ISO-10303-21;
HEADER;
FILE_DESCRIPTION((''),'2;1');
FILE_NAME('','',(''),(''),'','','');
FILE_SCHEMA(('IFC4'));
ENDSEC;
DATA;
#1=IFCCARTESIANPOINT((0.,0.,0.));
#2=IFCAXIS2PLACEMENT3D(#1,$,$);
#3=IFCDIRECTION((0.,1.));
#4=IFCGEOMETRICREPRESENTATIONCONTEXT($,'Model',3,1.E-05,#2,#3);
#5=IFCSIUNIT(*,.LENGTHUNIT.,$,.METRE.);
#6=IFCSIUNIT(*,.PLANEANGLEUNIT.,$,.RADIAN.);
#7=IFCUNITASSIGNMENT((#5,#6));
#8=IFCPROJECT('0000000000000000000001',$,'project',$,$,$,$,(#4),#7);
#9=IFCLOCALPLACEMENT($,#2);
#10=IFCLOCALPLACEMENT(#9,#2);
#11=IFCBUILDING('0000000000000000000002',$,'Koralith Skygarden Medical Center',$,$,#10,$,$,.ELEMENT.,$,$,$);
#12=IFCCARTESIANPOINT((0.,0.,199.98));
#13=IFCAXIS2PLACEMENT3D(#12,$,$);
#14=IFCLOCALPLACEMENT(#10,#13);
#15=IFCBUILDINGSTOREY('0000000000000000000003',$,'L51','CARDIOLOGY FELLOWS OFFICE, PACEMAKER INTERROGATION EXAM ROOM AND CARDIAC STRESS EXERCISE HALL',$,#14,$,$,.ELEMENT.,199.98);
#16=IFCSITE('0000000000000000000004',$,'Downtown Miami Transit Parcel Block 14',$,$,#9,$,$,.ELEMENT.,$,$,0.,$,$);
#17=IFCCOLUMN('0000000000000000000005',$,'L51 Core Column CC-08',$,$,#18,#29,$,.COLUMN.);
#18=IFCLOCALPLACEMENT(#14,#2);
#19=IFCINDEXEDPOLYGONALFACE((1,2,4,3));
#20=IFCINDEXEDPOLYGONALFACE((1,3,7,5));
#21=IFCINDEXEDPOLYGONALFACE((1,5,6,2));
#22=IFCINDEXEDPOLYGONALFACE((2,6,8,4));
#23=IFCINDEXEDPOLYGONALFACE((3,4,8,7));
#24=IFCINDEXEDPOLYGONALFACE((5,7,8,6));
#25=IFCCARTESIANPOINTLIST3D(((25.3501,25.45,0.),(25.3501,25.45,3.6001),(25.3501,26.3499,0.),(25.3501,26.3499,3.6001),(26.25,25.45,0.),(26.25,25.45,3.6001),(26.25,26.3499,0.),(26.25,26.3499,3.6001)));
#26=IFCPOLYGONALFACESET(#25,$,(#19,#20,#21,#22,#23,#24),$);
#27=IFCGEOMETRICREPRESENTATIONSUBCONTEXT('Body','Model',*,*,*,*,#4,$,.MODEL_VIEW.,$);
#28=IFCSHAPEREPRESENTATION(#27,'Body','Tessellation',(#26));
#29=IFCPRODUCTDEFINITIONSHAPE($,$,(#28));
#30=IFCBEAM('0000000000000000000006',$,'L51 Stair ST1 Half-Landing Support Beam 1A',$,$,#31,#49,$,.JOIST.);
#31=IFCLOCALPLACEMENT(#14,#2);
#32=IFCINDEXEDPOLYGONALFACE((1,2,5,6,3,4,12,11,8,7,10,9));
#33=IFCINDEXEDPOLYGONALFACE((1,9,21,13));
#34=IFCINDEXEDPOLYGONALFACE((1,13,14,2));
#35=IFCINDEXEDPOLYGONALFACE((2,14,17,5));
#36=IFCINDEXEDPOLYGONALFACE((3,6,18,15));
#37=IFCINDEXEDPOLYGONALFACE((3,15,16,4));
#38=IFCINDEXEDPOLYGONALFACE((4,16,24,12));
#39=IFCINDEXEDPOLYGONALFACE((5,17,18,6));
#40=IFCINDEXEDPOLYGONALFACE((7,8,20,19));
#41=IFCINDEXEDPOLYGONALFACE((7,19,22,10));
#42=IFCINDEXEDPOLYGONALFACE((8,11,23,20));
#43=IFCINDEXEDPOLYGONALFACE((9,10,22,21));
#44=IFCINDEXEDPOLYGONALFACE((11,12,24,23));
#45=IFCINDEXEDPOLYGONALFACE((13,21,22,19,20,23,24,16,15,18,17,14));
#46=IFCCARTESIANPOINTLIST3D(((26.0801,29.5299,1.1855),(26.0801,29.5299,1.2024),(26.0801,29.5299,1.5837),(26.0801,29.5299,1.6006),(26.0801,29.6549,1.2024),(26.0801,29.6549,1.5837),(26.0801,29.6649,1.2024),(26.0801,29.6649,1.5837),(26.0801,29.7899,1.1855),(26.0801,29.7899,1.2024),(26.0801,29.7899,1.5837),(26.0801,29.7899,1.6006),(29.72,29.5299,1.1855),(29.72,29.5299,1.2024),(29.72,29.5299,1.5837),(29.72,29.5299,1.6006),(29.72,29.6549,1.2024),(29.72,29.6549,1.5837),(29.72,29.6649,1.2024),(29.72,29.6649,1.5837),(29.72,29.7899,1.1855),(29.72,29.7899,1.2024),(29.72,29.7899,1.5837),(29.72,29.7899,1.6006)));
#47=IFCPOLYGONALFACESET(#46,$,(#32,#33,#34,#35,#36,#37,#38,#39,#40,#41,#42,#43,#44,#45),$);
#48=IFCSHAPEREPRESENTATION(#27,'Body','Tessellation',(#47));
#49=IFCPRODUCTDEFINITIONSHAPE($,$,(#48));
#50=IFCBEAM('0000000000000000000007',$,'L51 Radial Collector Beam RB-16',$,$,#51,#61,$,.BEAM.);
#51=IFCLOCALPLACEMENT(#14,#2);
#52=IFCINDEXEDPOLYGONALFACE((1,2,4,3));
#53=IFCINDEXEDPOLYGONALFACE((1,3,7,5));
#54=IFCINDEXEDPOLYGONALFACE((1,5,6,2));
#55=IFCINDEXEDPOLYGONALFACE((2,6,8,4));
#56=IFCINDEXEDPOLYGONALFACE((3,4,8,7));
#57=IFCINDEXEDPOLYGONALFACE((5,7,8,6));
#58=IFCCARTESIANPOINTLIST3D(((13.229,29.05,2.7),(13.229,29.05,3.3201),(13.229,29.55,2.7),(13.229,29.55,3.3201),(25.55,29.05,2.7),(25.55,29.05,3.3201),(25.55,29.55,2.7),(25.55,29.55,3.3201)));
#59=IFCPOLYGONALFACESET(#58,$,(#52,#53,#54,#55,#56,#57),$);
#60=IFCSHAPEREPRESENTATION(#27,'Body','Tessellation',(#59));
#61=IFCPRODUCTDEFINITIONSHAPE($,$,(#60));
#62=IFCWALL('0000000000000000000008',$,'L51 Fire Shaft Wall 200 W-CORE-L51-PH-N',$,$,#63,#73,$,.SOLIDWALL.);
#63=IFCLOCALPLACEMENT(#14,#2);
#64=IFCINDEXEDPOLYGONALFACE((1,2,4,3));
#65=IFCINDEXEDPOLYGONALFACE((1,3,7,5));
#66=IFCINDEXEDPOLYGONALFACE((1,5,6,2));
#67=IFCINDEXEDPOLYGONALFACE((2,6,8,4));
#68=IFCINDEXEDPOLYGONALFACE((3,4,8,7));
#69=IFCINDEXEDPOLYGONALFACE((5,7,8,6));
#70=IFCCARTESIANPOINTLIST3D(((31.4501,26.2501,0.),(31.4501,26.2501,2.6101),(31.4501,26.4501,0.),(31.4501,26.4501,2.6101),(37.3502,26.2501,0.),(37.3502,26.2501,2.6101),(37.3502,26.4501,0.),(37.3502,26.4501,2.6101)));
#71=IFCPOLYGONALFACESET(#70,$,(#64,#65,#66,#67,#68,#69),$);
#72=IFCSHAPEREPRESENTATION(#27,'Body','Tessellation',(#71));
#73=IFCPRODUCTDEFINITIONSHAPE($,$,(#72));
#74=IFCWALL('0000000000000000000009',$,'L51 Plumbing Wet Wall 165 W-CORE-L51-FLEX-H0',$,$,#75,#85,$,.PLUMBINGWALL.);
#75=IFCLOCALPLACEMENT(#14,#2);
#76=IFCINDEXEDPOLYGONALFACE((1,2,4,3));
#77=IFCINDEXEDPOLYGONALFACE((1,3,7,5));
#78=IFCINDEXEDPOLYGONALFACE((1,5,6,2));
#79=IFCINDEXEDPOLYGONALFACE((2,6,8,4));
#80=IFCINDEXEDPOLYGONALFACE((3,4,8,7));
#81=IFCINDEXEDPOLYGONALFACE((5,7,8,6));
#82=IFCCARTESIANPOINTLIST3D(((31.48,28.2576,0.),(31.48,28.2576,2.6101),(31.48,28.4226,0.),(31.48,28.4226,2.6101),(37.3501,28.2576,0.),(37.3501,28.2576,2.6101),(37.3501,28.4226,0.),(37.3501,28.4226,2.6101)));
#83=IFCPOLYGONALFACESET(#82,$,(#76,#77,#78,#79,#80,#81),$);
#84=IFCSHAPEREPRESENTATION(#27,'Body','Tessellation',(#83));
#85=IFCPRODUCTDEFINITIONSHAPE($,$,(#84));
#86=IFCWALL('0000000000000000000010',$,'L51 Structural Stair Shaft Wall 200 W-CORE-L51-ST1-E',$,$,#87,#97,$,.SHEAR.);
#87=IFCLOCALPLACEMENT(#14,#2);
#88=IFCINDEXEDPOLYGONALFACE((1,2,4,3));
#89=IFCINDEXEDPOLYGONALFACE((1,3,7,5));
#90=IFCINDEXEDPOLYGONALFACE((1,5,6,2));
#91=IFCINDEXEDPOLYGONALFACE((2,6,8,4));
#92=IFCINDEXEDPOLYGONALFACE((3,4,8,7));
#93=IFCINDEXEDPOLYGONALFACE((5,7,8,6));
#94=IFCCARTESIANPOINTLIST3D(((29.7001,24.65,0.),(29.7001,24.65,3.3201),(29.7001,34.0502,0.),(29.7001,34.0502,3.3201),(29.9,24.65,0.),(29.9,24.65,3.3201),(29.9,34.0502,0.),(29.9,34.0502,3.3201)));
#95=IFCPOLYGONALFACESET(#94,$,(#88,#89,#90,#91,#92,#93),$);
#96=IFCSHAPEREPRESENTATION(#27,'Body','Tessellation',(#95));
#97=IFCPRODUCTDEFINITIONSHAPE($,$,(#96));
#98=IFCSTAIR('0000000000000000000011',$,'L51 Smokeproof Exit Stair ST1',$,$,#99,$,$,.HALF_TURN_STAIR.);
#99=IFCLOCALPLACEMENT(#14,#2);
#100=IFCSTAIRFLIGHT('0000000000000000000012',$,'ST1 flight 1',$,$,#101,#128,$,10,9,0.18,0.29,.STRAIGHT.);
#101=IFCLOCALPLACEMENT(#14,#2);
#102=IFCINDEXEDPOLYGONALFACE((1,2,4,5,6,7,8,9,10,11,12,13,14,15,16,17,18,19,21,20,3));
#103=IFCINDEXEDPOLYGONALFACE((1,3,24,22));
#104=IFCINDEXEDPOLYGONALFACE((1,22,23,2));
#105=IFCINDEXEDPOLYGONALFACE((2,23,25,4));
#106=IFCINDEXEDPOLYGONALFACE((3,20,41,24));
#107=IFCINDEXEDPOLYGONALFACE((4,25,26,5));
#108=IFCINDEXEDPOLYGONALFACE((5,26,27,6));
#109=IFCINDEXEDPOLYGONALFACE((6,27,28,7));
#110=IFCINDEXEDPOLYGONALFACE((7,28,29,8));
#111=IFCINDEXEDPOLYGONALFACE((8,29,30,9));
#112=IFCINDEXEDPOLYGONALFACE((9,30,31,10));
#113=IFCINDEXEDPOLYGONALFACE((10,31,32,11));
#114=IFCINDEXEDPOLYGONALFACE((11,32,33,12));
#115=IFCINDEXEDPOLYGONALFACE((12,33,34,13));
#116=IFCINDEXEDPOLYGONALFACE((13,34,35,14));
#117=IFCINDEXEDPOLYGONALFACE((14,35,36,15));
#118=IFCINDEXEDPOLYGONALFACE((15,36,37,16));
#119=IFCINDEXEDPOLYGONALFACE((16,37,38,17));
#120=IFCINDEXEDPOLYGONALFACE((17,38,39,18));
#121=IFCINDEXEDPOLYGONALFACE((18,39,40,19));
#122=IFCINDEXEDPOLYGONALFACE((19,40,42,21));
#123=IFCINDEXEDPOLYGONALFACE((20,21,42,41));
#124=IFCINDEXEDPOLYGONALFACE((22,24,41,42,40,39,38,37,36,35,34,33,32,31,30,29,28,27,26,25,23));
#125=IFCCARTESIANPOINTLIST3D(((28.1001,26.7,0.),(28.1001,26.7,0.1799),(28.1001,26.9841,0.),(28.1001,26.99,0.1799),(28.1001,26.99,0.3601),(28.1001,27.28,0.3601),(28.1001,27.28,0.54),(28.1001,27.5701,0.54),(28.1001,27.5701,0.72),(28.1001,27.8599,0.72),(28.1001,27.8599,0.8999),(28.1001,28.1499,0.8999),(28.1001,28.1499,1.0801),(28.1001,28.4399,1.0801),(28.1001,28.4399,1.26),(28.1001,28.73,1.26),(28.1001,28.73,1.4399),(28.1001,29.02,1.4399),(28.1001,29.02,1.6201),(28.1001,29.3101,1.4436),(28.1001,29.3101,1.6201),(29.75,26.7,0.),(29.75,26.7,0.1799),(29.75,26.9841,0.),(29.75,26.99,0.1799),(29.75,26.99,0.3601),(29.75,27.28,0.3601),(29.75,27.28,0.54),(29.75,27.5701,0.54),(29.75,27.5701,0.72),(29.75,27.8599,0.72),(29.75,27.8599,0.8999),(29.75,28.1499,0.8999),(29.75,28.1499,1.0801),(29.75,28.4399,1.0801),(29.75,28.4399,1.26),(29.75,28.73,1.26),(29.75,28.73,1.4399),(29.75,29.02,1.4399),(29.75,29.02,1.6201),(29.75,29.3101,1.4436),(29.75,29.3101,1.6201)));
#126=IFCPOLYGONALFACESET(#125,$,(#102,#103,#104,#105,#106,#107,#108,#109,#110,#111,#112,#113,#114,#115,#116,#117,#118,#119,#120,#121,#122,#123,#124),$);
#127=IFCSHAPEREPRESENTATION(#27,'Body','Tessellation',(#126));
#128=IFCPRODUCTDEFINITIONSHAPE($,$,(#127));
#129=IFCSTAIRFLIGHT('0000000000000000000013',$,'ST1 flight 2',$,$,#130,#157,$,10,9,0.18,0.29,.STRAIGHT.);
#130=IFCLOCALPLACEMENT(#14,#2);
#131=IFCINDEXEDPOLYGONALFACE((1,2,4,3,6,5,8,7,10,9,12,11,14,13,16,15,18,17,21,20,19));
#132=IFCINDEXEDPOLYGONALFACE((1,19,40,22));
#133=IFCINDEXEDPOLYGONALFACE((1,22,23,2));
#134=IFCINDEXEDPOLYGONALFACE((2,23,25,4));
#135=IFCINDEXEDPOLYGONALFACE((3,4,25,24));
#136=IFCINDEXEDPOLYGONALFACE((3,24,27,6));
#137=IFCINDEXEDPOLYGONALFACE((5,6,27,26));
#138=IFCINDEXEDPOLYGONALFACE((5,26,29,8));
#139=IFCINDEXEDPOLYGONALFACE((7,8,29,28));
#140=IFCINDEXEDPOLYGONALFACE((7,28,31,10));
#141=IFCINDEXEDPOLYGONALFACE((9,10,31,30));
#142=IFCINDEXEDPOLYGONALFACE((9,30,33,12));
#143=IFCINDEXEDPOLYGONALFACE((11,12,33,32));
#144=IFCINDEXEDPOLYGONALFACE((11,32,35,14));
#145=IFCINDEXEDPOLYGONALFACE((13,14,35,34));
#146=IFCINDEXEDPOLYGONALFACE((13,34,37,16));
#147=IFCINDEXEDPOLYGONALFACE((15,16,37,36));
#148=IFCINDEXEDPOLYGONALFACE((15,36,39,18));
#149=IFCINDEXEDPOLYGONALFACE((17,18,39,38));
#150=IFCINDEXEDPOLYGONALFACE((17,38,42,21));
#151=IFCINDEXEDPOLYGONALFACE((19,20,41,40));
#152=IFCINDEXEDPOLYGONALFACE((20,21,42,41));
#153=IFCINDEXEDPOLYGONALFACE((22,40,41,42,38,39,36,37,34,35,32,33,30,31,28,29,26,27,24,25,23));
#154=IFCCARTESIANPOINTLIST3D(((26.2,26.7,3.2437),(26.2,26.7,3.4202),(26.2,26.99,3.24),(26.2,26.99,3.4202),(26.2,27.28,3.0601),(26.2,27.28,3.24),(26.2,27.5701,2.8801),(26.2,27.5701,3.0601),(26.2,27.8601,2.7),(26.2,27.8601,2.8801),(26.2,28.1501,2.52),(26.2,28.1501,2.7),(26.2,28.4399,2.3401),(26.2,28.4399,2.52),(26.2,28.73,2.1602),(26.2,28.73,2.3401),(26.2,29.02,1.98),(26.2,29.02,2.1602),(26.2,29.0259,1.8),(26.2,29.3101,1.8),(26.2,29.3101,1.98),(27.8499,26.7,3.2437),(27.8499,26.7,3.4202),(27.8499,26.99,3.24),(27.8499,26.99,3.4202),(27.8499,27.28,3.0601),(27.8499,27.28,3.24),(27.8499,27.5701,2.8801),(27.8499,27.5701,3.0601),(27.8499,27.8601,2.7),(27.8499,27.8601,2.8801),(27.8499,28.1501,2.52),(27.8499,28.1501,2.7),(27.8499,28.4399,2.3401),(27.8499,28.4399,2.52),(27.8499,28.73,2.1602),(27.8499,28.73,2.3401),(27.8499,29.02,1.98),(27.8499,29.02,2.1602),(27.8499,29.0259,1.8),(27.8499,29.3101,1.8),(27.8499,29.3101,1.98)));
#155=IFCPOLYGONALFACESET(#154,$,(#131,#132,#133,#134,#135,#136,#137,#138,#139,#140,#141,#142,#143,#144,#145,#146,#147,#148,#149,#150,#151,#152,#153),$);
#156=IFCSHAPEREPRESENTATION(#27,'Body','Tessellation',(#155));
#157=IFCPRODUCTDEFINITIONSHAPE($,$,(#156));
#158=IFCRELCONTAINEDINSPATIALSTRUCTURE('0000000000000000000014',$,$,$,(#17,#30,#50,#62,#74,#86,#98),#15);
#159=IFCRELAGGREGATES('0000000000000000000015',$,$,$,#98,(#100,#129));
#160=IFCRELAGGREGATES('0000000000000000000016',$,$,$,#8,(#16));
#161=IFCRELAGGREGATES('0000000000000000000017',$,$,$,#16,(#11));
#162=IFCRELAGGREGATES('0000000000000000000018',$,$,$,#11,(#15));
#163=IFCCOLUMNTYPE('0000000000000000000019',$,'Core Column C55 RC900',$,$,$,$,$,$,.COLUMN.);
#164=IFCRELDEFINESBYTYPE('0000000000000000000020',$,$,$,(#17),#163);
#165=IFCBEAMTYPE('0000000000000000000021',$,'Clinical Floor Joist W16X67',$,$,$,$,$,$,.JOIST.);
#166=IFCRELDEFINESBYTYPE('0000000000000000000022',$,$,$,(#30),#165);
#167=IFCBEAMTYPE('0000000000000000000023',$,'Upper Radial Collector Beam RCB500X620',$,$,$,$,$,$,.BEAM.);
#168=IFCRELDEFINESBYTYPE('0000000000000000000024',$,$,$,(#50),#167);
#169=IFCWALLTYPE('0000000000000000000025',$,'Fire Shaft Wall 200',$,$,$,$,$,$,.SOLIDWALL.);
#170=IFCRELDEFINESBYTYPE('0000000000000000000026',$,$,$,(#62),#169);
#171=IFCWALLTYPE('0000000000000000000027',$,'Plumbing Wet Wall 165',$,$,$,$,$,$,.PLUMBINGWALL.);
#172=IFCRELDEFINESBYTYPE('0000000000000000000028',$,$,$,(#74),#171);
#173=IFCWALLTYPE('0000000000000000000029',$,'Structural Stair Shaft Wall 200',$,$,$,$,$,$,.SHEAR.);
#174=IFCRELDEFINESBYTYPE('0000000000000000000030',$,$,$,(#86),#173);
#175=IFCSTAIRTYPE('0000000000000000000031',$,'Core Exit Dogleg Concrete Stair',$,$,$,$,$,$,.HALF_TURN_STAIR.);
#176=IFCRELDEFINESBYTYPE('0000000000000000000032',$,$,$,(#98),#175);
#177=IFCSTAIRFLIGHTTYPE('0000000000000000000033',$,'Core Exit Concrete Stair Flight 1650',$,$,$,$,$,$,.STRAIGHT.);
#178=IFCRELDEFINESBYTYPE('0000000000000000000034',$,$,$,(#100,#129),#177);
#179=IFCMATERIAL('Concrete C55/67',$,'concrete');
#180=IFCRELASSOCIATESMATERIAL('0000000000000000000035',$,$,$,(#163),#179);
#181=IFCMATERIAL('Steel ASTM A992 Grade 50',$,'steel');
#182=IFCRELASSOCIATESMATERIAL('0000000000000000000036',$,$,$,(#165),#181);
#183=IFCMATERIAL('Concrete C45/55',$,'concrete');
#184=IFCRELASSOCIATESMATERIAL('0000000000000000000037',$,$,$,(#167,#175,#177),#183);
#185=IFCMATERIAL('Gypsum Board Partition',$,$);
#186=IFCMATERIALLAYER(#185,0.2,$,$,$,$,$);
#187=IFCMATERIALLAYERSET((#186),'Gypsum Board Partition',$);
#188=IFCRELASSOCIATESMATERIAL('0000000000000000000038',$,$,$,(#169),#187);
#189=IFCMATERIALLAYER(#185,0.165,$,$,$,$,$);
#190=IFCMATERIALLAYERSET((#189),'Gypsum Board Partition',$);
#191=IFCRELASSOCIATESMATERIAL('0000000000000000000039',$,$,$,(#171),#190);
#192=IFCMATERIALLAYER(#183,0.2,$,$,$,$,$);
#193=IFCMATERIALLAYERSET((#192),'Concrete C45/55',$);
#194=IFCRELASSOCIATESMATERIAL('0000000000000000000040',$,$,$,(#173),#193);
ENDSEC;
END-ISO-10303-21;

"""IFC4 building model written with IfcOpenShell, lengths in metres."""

from ifc_helpers import new_model, si_unit, direction, frame, frame_2d, origin, origin_2d, place, context, subcontext, project, spatial, polyline, rectangle, i_section, outline, extrude, material, layer, layer_set, material_profile, profile_set, type_object, element, aggregate, save


model = new_model("IFC4")

# Units and contexts
model_context = context("Model", 3, precision=1e-05, world=origin(), true_north=direction((0.0, 1.0)))
body_context = subcontext(model_context, "Body", "Model", "MODEL_VIEW")
ifc_project = project(units=[si_unit("LENGTHUNIT", "METRE"), si_unit("PLANEANGLEUNIT", "RADIAN")], contexts=[model_context])

# Site, building, storey
site_placement = place(None, origin())
site = spatial("IfcSite", under=ifc_project, at=site_placement, Name="Downtown Miami Transit Parcel Block 14", CompositionType="ELEMENT", RefElevation=0.0)
building_placement = place(site_placement, origin())
building = spatial("IfcBuilding", under=site, at=building_placement, Name="Koralith Skygarden Medical Center", CompositionType="ELEMENT")
storey_placement = place(building_placement, frame((0.0, 0.0, 199.98)))
storey = spatial("IfcBuildingStorey", under=building, at=storey_placement, Name="L51", Description="CARDIOLOGY FELLOWS OFFICE, PACEMAKER INTERROGATION EXAM ROOM AND CARDIAC STRESS EXERCISE HALL", CompositionType="ELEMENT", Elevation=199.98)

# Column
ifc_material_1 = material(Name="Concrete C55/67", Category="concrete")
ifc_material_profile_1 = material_profile(ifc_material_1, rectangle(XDim=0.8999, YDim=0.8999, at=origin_2d()), Name="RC900X900")
ifc_profile_set_1 = profile_set([ifc_material_profile_1], Name="Concrete C55/67")
column_type = type_object("IfcColumnType", Name="Core Column C55 RC900", PredefinedType="COLUMN", material=ifc_profile_set_1)
column_placement = place(storey_placement, frame((25.8, 25.8999, 0.0), z_axis=(0.0, 0.0, 1.0), x_axis=(1.0, 0.0, 0.0)))
element("IfcColumn", 1, at=column_placement, inside=storey, type_object=column_type, Name="L51 Core Column CC-08", PredefinedType="COLUMN", context=body_context, shape_type="SweptSolid", body=[
    extrude(rectangle(XDim=0.8999, YDim=0.8999, at=origin_2d()), origin(), (0.0, 0.0, 1.0), 3.6001),
])

# Beams
ifc_material_2 = material(Name="Steel ASTM A992 Grade 50", Category="steel")
ifc_material_profile_2 = material_profile(ifc_material_2, i_section(OverallWidth=0.26, OverallDepth=0.415, WebThickness=0.01, FlangeThickness=0.0168, at=origin_2d()), Name="W16X67")
ifc_profile_set_2 = profile_set([ifc_material_profile_2], Name="Steel ASTM A992 Grade 50")
beam_type_1 = type_object("IfcBeamType", Name="Clinical Floor Joist W16X67", PredefinedType="JOIST", material=ifc_profile_set_2)
beam_1_placement = place(storey_placement, frame((26.0801, 29.6599, 1.3931), z_axis=(1.0, 0.0, 0.0), x_axis=(0.0, 1.0, 0.0)))
element("IfcBeam", 2, at=beam_1_placement, inside=storey, type_object=beam_type_1, Name="L51 Stair ST1 Half-Landing Support Beam 1A", PredefinedType="JOIST", context=body_context, shape_type="SweptSolid", body=[
    extrude(i_section(OverallWidth=0.26, OverallDepth=0.415, WebThickness=0.01, FlangeThickness=0.0168, at=origin_2d()), origin(), (0.0, 0.0, 1.0), 3.6399),
])
ifc_material_3 = material(Name="Concrete C45/55", Category="concrete")
ifc_material_profile_3 = material_profile(ifc_material_3, rectangle(XDim=0.5, YDim=0.6201, at=origin_2d()), Name="RCB500X620")
ifc_profile_set_3 = profile_set([ifc_material_profile_3], Name="Concrete C45/55")
beam_type_2 = type_object("IfcBeamType", Name="Upper Radial Collector Beam RCB500X620", PredefinedType="BEAM", material=ifc_profile_set_3)
beam_2_placement = place(storey_placement, frame((25.55, 29.3, 3.01), z_axis=(-1.0, 0.0, 0.0), x_axis=(0.0, -1.0, 0.0)))
element("IfcBeam", 3, at=beam_2_placement, inside=storey, type_object=beam_type_2, Name="L51 Radial Collector Beam RB-16", PredefinedType="BEAM", context=body_context, shape_type="SweptSolid", body=[
    extrude(rectangle(XDim=0.5, YDim=0.6201, at=origin_2d()), origin(), (0.0, 0.0, 1.0), 12.321),
])

# Wall
ifc_material_4 = material(Name="Gypsum Board Partition")
ifc_layer_1 = layer(ifc_material_4, 0.2)
ifc_layer_set_1 = layer_set([ifc_layer_1], Name="Gypsum Board Partition")
wall_type_1 = type_object("IfcWallType", Name="Fire Shaft Wall 200", PredefinedType="SOLIDWALL", material=ifc_layer_set_1)
wall_1_placement = place(storey_placement, frame((31.45, 26.3501, 0.0), z_axis=(0.0, 0.0, 1.0), x_axis=(1.0, 0.0, 0.0)))
element("IfcWall", 4, at=wall_1_placement, inside=storey, type_object=wall_type_1, Name="L51 Fire Shaft Wall 200 W-CORE-L51-PH-N", PredefinedType="SOLIDWALL", context=body_context, shape_type="SweptSolid", body=[
    extrude(rectangle(XDim=5.9001, YDim=0.2, at=frame_2d((2.9502, 0.0))), origin(), (0.0, 0.0, 1.0), 2.6101),
])

# Shared definitions
ifc_layer_2 = layer(ifc_material_4, 0.165)
ifc_layer_set_2 = layer_set([ifc_layer_2], Name="Gypsum Board Partition")
wall_type_2 = type_object("IfcWallType", Name="Plumbing Wet Wall 165", PredefinedType="PLUMBINGWALL", material=ifc_layer_set_2)

# Walls
wall_2_placement = place(storey_placement, frame((31.48, 28.3401, 0.0), z_axis=(0.0, 0.0, 1.0), x_axis=(1.0, 0.0, 0.0)))
element("IfcWall", 5, at=wall_2_placement, inside=storey, type_object=wall_type_2, Name="L51 Plumbing Wet Wall 165 W-CORE-L51-FLEX-H0", PredefinedType="PLUMBINGWALL", context=body_context, shape_type="SweptSolid", body=[
    extrude(rectangle(XDim=5.8701, YDim=0.165, at=frame_2d((2.9351, 0.0))), origin(), (0.0, 0.0, 1.0), 2.6101),
])
ifc_layer_3 = layer(ifc_material_3, 0.2)
ifc_layer_set_3 = layer_set([ifc_layer_3], Name="Concrete C45/55")
wall_type_3 = type_object("IfcWallType", Name="Structural Stair Shaft Wall 200", PredefinedType="SHEAR", material=ifc_layer_set_3)
wall_3_placement = place(storey_placement, frame((29.8, 24.6499, 0.0), z_axis=(0.0, 0.0, 1.0), x_axis=(0.0, 1.0, 0.0)))
element("IfcWall", 6, at=wall_3_placement, inside=storey, type_object=wall_type_3, Name="L51 Structural Stair Shaft Wall 200 W-CORE-L51-ST1-E", PredefinedType="SHEAR", context=body_context, shape_type="SweptSolid", body=[
    extrude(rectangle(XDim=9.4001, YDim=0.2, at=frame_2d((4.7002, 0.0))), origin(), (0.0, 0.0, 1.0), 3.3201),
])

# Stair, stair flights
stair_type = type_object("IfcStairType", Name="Core Exit Dogleg Concrete Stair", PredefinedType="HALF_TURN_STAIR", material=ifc_material_3)
stair_placement = place(storey_placement, origin())
stair = element("IfcStair", 7, at=stair_placement, inside=storey, type_object=stair_type, Name="L51 Smokeproof Exit Stair ST1", PredefinedType="HALF_TURN_STAIR")
stair_flight_type = type_object("IfcStairFlightType", Name="Core Exit Concrete Stair Flight 1650", PredefinedType="STRAIGHT", material=ifc_material_3)
stair_flight_1_placement = place(storey_placement, frame((28.925, 26.7, 0.0), z_axis=(0.0, 0.0, 1.0), x_axis=(0.0, 1.0, 0.0)))
stair_flight_1 = element("IfcStairFlight", 8, at=stair_flight_1_placement, type_object=stair_flight_type, Name="ST1 flight 1", NumberOfRisers=10, NumberOfTreads=9, PredefinedType="STRAIGHT", RiserHeight=0.18, TreadLength=0.29, context=body_context, shape_type="SweptSolid", body=[
    extrude(outline(polyline([(0.0, 0.0), (0.0, 0.1799), (0.29, 0.1799), (0.29, 0.3601), (0.5801, 0.3601), (0.5801, 0.54), (0.8701, 0.54), (0.8701, 0.72), (1.1599, 0.72), (1.1599, 0.8999), (1.45, 0.8999), (1.45, 1.0801), (1.74, 1.0801), (1.74, 1.26), (2.03, 1.26), (2.03, 1.4399), (2.3201, 1.4399), (2.3201, 1.6201), (2.6101, 1.6201), (2.6101, 1.8), (2.6101, 1.4436), (0.2842, 0.0), (0.0, 0.0)])), frame((0.0, 0.825, 0.0), z_axis=(0.0, -1.0, 0.0), x_axis=(1.0, 0.0, 0.0)), (0.0, 0.0, 1.0), 1.6499),
])
stair_flight_2_placement = place(storey_placement, frame((27.0249, 29.3101, 1.8), z_axis=(0.0, 0.0, 1.0), x_axis=(0.0, -1.0, 0.0)))
stair_flight_2 = element("IfcStairFlight", 9, at=stair_flight_2_placement, type_object=stair_flight_type, Name="ST1 flight 2", NumberOfRisers=10, NumberOfTreads=9, PredefinedType="STRAIGHT", RiserHeight=0.18, TreadLength=0.29, context=body_context, shape_type="SweptSolid", body=[
    extrude(outline(polyline([(0.0, 0.0), (0.0, 0.1799), (0.29, 0.1799), (0.29, 0.3601), (0.5801, 0.3601), (0.5801, 0.54), (0.8701, 0.54), (0.8701, 0.72), (1.1599, 0.72), (1.1599, 0.8999), (1.45, 0.8999), (1.45, 1.0801), (1.74, 1.0801), (1.74, 1.26), (2.03, 1.26), (2.03, 1.4399), (2.3201, 1.4399), (2.3201, 1.6201), (2.6101, 1.6201), (2.6101, 1.8), (2.6101, 1.4436), (0.2842, 0.0), (0.0, 0.0)])), frame((0.0, 0.825, 0.0), z_axis=(0.0, -1.0, 0.0), x_axis=(1.0, 0.0, 0.0)), (0.0, 0.0, 1.0), 1.6499),
])
aggregate(stair, [stair_flight_1, stair_flight_2])

save(model, "model.ifc")
